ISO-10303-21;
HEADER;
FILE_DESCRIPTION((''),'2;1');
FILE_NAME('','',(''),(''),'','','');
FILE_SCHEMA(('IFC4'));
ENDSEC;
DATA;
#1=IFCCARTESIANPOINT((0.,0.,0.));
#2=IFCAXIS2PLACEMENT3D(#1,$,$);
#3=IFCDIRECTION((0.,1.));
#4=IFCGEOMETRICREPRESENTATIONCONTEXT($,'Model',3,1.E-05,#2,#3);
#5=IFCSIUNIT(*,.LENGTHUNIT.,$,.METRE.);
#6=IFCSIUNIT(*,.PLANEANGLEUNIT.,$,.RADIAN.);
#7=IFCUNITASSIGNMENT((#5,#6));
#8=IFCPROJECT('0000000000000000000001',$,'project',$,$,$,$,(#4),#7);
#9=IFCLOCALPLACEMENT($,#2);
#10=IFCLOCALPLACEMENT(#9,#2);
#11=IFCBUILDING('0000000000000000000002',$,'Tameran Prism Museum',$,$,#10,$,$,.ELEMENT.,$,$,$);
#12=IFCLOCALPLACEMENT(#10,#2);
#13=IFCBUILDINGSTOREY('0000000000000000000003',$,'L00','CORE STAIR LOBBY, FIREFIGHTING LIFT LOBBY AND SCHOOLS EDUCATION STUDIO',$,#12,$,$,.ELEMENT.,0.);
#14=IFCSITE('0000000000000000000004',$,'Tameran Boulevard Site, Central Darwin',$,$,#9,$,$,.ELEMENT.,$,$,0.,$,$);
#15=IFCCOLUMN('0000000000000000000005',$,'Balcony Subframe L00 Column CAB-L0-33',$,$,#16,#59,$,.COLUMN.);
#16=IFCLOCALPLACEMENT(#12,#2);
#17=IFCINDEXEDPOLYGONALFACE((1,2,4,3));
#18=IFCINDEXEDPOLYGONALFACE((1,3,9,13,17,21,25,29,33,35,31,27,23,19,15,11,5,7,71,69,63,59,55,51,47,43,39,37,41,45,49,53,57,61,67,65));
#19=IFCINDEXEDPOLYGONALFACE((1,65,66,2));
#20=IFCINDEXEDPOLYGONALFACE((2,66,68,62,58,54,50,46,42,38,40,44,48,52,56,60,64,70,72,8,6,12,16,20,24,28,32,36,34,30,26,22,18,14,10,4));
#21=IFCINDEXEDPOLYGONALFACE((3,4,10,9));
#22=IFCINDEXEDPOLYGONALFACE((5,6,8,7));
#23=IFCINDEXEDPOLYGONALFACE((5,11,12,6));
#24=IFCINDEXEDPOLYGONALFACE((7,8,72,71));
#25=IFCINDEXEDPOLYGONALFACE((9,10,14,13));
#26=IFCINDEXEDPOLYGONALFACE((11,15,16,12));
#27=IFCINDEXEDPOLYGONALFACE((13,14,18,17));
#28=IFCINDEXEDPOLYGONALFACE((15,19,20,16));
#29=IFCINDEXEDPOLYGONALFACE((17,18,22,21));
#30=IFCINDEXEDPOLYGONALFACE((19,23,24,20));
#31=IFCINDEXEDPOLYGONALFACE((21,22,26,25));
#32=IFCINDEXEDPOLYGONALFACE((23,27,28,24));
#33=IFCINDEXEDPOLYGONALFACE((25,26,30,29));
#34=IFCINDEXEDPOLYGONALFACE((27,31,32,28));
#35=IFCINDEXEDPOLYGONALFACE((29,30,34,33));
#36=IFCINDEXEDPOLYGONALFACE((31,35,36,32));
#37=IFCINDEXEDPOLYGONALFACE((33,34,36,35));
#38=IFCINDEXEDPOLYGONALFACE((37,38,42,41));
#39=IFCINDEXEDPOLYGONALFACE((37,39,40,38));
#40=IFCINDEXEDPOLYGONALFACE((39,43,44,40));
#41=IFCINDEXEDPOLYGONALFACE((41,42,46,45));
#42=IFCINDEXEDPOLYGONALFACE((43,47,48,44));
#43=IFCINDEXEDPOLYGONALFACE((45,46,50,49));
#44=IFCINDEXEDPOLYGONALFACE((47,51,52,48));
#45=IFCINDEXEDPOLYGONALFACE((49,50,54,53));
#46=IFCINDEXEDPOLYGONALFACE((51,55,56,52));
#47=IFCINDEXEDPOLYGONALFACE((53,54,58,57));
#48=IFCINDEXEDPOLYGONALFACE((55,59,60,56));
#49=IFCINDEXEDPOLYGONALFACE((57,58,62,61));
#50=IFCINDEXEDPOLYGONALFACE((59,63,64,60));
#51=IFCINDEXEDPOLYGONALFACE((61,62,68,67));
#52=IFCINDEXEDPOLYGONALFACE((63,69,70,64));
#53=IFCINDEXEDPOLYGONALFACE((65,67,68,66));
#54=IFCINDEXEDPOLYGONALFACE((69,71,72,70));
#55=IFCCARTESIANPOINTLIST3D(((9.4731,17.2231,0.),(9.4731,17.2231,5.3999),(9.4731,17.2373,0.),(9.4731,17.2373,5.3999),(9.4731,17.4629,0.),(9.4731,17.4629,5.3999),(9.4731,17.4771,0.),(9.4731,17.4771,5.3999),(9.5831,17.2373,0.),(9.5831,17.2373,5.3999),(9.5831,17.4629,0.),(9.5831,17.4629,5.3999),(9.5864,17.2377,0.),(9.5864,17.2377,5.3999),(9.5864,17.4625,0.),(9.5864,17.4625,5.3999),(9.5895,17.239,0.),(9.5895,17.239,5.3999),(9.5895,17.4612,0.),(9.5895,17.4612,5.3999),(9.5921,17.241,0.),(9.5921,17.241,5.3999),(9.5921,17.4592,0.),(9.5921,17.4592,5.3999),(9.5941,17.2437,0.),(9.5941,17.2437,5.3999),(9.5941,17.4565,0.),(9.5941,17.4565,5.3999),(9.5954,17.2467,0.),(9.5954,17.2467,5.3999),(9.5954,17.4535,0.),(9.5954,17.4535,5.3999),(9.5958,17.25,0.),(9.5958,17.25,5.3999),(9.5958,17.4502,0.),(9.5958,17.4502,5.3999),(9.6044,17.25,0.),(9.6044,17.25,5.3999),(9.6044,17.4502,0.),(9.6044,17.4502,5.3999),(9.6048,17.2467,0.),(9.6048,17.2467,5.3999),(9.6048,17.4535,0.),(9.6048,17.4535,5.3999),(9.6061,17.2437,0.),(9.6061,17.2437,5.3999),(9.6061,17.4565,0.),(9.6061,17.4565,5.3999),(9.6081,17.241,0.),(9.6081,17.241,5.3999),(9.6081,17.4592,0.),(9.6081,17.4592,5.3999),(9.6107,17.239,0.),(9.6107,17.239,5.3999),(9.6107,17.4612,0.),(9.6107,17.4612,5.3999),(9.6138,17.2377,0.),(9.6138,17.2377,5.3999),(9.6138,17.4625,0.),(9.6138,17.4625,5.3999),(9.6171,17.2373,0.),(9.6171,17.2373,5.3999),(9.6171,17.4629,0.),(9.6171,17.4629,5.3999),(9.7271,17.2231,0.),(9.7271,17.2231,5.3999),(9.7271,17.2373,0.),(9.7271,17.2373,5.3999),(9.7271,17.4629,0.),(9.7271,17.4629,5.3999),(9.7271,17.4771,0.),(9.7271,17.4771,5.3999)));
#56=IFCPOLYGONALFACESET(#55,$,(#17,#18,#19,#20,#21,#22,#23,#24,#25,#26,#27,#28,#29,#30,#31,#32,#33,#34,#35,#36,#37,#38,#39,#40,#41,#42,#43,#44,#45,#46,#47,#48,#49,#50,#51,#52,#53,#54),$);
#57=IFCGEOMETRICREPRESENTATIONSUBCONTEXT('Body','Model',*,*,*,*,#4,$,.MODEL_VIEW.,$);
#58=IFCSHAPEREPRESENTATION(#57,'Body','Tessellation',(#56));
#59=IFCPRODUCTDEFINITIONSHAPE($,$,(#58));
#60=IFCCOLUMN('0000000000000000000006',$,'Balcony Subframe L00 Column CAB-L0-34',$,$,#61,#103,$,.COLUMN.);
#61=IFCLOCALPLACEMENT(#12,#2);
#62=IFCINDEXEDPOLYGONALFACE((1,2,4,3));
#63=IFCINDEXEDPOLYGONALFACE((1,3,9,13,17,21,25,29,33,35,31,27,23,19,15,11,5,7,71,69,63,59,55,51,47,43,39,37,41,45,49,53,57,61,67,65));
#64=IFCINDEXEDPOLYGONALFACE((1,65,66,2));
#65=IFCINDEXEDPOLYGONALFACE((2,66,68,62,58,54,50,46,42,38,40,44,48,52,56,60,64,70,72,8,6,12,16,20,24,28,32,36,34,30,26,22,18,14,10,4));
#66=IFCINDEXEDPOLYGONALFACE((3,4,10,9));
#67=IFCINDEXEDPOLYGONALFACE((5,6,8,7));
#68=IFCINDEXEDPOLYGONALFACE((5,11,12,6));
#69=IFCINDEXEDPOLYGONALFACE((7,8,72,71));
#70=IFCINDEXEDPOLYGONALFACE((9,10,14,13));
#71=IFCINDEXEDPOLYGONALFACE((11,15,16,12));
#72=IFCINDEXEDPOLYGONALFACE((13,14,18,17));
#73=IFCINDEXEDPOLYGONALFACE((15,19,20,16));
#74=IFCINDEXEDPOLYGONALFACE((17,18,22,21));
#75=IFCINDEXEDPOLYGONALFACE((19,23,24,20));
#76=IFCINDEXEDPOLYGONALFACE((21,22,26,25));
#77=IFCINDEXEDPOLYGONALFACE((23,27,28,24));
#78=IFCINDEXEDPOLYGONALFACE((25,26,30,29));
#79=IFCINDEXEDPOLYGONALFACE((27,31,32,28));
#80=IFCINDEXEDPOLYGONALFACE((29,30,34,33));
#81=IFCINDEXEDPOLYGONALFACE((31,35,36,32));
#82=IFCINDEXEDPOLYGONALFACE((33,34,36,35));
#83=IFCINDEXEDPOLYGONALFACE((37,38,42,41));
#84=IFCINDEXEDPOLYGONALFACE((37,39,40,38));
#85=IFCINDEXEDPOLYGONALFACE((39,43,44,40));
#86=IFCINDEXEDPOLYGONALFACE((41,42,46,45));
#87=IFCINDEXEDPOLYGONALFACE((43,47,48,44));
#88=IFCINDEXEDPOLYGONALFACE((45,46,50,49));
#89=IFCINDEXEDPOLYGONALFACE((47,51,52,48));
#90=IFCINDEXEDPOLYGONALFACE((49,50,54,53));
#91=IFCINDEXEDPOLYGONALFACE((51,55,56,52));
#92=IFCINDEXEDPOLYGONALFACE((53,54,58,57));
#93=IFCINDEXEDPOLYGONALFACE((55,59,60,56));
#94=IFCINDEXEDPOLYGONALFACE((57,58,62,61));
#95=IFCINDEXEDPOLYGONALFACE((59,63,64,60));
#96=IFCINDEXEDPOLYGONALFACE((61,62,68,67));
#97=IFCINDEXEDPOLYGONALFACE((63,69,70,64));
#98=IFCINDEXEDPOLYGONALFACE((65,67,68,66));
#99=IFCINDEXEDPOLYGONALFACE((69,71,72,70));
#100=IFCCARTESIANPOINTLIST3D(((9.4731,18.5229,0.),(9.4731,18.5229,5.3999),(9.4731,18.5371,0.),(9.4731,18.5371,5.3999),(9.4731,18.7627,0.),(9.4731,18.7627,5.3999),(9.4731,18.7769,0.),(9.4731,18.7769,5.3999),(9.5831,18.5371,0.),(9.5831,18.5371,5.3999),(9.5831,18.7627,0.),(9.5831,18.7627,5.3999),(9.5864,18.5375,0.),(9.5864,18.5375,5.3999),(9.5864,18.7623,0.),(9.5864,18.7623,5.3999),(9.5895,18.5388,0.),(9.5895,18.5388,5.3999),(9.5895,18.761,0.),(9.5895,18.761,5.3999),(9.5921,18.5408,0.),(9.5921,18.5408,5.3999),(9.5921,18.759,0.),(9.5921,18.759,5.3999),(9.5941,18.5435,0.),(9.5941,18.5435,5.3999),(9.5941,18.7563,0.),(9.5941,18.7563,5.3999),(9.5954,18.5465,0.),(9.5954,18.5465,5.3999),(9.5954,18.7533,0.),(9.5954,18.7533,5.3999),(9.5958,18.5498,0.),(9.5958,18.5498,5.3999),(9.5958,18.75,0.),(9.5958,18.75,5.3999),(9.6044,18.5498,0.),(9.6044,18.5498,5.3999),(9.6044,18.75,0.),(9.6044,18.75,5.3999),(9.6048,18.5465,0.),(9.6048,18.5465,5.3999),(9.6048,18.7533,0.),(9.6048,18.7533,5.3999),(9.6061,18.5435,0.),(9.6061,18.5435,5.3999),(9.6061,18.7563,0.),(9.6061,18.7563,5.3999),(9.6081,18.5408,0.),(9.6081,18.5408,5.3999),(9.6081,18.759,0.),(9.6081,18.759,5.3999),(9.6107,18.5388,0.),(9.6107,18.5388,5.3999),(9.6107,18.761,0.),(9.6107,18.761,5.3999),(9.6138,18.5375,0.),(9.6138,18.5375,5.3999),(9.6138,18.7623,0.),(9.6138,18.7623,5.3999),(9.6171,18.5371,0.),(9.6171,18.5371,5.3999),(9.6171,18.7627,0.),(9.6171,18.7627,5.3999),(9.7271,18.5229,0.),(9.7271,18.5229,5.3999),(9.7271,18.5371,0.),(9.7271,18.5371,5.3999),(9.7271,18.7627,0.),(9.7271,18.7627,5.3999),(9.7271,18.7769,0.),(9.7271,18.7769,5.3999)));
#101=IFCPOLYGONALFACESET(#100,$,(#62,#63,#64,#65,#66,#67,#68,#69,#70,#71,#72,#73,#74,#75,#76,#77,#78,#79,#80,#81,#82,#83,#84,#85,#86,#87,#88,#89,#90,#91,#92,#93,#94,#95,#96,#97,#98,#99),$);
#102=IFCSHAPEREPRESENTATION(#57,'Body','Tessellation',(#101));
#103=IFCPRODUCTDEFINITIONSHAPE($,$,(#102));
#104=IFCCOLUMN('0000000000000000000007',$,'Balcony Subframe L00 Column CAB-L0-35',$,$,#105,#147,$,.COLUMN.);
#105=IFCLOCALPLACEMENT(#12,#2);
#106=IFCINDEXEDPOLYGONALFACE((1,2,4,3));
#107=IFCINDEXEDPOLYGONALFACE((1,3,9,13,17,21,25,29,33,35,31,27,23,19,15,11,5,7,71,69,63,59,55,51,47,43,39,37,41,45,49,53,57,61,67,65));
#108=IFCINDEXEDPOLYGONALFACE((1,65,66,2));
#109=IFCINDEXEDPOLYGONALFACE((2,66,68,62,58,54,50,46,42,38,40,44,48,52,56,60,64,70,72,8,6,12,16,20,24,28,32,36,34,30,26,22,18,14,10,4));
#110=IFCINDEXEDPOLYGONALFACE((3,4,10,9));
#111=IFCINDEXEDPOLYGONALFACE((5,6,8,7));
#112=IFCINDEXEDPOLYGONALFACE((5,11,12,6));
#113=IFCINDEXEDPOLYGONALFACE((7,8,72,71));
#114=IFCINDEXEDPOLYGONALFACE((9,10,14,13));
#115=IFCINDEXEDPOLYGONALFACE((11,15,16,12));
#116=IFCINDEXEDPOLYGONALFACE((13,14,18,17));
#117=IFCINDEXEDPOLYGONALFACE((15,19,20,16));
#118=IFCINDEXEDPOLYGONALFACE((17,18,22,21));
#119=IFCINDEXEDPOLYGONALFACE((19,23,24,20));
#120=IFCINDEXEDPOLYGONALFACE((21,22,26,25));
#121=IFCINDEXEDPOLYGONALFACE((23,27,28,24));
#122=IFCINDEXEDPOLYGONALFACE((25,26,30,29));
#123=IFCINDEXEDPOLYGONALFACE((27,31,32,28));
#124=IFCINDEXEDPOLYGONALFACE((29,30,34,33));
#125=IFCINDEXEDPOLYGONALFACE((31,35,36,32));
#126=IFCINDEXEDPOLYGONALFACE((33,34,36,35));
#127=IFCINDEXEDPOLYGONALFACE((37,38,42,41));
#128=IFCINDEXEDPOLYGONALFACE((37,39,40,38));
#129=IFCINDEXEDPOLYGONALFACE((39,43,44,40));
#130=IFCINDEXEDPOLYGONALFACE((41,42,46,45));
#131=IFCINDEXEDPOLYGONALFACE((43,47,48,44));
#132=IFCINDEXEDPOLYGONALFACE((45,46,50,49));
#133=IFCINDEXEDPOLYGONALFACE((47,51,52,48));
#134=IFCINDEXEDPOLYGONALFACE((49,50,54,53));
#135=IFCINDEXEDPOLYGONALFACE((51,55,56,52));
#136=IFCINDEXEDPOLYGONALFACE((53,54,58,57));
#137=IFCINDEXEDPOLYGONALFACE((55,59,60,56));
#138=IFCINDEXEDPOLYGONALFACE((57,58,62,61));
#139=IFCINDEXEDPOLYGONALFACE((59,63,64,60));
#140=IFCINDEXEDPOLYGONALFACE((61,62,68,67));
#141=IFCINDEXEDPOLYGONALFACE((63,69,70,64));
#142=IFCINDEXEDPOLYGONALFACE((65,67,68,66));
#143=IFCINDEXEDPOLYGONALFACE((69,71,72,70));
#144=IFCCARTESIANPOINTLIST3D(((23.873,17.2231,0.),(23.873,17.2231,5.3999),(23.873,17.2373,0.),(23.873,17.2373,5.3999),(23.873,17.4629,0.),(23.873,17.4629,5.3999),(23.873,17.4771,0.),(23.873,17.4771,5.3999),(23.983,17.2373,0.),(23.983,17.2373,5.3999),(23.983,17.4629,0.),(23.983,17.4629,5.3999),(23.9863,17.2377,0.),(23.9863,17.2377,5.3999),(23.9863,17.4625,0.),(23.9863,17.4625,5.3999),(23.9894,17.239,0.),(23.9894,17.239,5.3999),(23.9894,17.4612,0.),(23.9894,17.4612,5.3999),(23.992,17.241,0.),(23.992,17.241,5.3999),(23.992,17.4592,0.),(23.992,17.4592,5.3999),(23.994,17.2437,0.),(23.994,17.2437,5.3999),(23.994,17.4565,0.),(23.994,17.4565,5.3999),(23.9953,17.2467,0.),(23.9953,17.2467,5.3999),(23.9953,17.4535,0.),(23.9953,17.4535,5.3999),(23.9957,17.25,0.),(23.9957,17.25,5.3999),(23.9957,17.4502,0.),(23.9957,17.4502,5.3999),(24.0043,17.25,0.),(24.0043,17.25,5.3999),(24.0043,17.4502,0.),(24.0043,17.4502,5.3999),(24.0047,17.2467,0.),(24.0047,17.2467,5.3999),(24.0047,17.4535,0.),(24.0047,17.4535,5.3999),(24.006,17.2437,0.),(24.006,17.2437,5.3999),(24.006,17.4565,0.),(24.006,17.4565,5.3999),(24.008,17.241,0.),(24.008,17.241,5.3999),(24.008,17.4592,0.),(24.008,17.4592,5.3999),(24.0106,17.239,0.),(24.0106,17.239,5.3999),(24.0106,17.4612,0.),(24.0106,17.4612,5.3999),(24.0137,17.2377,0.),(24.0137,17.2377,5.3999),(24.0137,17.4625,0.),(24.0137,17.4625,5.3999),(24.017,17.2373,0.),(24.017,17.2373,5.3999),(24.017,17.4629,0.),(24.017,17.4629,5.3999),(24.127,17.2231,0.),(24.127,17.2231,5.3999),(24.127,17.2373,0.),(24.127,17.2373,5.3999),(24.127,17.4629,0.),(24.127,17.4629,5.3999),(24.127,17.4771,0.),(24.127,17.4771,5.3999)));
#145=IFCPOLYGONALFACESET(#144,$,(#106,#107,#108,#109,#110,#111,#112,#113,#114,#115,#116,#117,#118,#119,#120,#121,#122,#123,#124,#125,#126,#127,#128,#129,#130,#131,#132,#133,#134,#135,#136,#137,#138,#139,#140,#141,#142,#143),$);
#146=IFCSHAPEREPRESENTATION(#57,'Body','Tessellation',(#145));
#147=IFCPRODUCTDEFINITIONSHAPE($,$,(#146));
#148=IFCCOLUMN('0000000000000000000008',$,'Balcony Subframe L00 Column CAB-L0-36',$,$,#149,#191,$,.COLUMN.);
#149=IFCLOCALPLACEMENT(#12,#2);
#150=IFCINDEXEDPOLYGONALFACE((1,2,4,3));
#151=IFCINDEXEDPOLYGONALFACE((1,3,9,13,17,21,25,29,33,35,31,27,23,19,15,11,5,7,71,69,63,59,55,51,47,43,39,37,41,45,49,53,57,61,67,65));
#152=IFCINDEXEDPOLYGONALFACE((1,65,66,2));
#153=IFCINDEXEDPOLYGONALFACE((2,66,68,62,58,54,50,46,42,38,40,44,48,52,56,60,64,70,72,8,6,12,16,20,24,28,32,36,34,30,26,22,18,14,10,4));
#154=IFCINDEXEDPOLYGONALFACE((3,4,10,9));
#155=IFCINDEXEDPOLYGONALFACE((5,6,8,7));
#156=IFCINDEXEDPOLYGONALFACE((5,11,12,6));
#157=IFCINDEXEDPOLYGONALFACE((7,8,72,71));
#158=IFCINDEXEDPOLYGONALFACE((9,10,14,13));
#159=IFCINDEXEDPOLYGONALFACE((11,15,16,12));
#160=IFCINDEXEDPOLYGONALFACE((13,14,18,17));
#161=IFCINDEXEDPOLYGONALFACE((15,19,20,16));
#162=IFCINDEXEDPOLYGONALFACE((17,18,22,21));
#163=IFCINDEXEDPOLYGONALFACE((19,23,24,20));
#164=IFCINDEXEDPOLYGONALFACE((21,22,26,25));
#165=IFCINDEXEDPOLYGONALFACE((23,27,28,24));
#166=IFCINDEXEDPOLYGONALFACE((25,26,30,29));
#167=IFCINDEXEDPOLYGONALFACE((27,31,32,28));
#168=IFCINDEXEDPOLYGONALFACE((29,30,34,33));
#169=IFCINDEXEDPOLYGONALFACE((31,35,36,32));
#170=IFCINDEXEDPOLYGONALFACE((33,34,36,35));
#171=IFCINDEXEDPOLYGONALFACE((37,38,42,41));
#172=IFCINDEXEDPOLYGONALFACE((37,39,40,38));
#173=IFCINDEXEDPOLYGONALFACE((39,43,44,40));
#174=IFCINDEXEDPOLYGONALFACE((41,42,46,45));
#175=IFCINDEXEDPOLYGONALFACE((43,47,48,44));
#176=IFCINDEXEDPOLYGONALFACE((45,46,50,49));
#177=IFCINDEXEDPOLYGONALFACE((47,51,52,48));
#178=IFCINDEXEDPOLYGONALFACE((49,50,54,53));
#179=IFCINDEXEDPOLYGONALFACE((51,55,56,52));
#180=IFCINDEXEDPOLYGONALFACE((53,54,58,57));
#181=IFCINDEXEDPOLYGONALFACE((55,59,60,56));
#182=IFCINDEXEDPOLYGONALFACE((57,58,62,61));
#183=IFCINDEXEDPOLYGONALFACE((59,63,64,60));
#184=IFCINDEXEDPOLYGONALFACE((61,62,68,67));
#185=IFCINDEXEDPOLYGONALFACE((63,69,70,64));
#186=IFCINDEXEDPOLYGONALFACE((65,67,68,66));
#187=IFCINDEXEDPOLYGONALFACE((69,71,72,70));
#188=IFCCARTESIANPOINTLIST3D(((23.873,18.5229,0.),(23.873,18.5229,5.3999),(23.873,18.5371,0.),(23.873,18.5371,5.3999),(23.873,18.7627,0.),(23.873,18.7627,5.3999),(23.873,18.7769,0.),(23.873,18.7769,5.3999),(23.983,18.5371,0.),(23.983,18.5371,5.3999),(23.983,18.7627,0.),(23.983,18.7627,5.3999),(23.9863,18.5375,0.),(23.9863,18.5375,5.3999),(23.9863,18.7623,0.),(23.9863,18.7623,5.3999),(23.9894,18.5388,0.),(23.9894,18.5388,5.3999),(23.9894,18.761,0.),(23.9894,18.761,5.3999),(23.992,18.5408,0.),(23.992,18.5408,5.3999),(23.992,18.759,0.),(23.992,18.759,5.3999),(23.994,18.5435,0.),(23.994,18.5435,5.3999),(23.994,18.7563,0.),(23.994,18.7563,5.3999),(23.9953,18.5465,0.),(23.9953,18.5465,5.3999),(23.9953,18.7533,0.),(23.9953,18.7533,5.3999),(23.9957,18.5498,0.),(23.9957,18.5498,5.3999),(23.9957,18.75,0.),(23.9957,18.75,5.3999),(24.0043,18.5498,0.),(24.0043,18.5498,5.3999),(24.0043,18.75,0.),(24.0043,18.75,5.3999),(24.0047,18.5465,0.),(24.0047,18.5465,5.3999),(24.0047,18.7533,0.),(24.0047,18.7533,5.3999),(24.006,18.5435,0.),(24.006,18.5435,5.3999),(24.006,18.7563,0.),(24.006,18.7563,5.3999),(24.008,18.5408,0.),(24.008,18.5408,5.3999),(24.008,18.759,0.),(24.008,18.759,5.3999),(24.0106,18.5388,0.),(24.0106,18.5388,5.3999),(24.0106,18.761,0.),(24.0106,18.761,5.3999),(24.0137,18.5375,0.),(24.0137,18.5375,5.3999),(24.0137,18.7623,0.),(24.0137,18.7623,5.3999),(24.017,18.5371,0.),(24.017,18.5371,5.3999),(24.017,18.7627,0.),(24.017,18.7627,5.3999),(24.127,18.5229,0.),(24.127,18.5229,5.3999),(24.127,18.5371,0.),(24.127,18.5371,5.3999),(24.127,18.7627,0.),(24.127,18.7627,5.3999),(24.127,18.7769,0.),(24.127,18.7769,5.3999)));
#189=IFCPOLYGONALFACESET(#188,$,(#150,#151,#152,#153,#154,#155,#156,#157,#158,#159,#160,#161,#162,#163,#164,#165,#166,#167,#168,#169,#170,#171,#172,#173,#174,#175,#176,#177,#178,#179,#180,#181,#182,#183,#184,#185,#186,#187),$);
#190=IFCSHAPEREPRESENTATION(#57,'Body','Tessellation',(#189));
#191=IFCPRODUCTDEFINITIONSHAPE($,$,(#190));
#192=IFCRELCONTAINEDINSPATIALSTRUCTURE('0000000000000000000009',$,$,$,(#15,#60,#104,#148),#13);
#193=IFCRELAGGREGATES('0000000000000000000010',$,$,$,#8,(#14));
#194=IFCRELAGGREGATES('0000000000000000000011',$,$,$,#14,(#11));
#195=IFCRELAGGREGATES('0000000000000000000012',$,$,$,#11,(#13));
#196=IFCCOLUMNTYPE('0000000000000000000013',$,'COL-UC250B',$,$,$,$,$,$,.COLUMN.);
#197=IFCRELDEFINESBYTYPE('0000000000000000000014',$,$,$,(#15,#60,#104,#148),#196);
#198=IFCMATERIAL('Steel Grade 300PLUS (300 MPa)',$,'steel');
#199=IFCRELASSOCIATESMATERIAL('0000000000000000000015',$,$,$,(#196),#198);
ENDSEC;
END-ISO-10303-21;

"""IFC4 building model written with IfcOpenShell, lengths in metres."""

from ifc_helpers import new_model, si_unit, direction, frame, origin, origin_2d, place, context, subcontext, project, spatial, i_section, extrude, material, material_profile, profile_set, type_object, element, save


model = new_model("IFC4")

# Units and contexts
model_context = context("Model", 3, precision=1e-05, world=origin(), true_north=direction((0.0, 1.0)))
body_context = subcontext(model_context, "Body", "Model", "MODEL_VIEW")
ifc_project = project(units=[si_unit("LENGTHUNIT", "METRE"), si_unit("PLANEANGLEUNIT", "RADIAN")], contexts=[model_context])

# Site, building, storey
site_placement = place(None, origin())
site = spatial("IfcSite", under=ifc_project, at=site_placement, Name="Tameran Boulevard Site, Central Darwin", CompositionType="ELEMENT", RefElevation=0.0)
building_placement = place(site_placement, origin())
building = spatial("IfcBuilding", under=site, at=building_placement, Name="Tameran Prism Museum", CompositionType="ELEMENT")
storey_placement = place(building_placement, origin())
storey = spatial("IfcBuildingStorey", under=building, at=storey_placement, Name="L00", Description="CORE STAIR LOBBY, FIREFIGHTING LIFT LOBBY AND SCHOOLS EDUCATION STUDIO", CompositionType="ELEMENT", Elevation=0.0)

# Columns
ifc_material_1 = material(Name="Steel Grade 300PLUS (300 MPa)", Category="steel")
ifc_material_profile_1 = material_profile(ifc_material_1, i_section(OverallWidth=0.2539, OverallDepth=0.2539, WebThickness=0.0085, FlangeThickness=0.0142, FilletRadius=0.0127, at=origin_2d()))
ifc_profile_set_1 = profile_set([ifc_material_profile_1])
column_type_1 = type_object("IfcColumnType", Name="COL-UC250B", PredefinedType="COLUMN", material=ifc_profile_set_1)
for number, where, z_axis, x_axis, name in (
    (1, (9.6001, 17.3501, 0.0), (0.0, 0.0, 1.0), (1.0, 0.0, 0.0), "Balcony Subframe L00 Column CAB-L0-33"),
    (2, (9.6001, 18.6499, 0.0), (0.0, 0.0, 1.0), (1.0, 0.0, 0.0), "Balcony Subframe L00 Column CAB-L0-34"),
    (3, (24.0, 17.3501, 0.0), (0.0, 0.0, 1.0), (1.0, 0.0, 0.0), "Balcony Subframe L00 Column CAB-L0-35"),
    (4, (24.0, 18.6499, 0.0), (0.0, 0.0, 1.0), (1.0, 0.0, 0.0), "Balcony Subframe L00 Column CAB-L0-36"),
):
    element("IfcColumn", number, at=place(storey_placement, frame(where, z_axis=z_axis, x_axis=x_axis)), inside=storey, type_object=column_type_1, Name=name, PredefinedType="COLUMN", context=body_context, shape_type="SweptSolid", body=[
        extrude(i_section(OverallWidth=0.2539, OverallDepth=0.2539, WebThickness=0.0085, FlangeThickness=0.0142, FilletRadius=0.0127, at=origin_2d()), origin(), (0.0, 0.0, 1.0), 5.3999),
    ])

save(model, "model.ifc")
